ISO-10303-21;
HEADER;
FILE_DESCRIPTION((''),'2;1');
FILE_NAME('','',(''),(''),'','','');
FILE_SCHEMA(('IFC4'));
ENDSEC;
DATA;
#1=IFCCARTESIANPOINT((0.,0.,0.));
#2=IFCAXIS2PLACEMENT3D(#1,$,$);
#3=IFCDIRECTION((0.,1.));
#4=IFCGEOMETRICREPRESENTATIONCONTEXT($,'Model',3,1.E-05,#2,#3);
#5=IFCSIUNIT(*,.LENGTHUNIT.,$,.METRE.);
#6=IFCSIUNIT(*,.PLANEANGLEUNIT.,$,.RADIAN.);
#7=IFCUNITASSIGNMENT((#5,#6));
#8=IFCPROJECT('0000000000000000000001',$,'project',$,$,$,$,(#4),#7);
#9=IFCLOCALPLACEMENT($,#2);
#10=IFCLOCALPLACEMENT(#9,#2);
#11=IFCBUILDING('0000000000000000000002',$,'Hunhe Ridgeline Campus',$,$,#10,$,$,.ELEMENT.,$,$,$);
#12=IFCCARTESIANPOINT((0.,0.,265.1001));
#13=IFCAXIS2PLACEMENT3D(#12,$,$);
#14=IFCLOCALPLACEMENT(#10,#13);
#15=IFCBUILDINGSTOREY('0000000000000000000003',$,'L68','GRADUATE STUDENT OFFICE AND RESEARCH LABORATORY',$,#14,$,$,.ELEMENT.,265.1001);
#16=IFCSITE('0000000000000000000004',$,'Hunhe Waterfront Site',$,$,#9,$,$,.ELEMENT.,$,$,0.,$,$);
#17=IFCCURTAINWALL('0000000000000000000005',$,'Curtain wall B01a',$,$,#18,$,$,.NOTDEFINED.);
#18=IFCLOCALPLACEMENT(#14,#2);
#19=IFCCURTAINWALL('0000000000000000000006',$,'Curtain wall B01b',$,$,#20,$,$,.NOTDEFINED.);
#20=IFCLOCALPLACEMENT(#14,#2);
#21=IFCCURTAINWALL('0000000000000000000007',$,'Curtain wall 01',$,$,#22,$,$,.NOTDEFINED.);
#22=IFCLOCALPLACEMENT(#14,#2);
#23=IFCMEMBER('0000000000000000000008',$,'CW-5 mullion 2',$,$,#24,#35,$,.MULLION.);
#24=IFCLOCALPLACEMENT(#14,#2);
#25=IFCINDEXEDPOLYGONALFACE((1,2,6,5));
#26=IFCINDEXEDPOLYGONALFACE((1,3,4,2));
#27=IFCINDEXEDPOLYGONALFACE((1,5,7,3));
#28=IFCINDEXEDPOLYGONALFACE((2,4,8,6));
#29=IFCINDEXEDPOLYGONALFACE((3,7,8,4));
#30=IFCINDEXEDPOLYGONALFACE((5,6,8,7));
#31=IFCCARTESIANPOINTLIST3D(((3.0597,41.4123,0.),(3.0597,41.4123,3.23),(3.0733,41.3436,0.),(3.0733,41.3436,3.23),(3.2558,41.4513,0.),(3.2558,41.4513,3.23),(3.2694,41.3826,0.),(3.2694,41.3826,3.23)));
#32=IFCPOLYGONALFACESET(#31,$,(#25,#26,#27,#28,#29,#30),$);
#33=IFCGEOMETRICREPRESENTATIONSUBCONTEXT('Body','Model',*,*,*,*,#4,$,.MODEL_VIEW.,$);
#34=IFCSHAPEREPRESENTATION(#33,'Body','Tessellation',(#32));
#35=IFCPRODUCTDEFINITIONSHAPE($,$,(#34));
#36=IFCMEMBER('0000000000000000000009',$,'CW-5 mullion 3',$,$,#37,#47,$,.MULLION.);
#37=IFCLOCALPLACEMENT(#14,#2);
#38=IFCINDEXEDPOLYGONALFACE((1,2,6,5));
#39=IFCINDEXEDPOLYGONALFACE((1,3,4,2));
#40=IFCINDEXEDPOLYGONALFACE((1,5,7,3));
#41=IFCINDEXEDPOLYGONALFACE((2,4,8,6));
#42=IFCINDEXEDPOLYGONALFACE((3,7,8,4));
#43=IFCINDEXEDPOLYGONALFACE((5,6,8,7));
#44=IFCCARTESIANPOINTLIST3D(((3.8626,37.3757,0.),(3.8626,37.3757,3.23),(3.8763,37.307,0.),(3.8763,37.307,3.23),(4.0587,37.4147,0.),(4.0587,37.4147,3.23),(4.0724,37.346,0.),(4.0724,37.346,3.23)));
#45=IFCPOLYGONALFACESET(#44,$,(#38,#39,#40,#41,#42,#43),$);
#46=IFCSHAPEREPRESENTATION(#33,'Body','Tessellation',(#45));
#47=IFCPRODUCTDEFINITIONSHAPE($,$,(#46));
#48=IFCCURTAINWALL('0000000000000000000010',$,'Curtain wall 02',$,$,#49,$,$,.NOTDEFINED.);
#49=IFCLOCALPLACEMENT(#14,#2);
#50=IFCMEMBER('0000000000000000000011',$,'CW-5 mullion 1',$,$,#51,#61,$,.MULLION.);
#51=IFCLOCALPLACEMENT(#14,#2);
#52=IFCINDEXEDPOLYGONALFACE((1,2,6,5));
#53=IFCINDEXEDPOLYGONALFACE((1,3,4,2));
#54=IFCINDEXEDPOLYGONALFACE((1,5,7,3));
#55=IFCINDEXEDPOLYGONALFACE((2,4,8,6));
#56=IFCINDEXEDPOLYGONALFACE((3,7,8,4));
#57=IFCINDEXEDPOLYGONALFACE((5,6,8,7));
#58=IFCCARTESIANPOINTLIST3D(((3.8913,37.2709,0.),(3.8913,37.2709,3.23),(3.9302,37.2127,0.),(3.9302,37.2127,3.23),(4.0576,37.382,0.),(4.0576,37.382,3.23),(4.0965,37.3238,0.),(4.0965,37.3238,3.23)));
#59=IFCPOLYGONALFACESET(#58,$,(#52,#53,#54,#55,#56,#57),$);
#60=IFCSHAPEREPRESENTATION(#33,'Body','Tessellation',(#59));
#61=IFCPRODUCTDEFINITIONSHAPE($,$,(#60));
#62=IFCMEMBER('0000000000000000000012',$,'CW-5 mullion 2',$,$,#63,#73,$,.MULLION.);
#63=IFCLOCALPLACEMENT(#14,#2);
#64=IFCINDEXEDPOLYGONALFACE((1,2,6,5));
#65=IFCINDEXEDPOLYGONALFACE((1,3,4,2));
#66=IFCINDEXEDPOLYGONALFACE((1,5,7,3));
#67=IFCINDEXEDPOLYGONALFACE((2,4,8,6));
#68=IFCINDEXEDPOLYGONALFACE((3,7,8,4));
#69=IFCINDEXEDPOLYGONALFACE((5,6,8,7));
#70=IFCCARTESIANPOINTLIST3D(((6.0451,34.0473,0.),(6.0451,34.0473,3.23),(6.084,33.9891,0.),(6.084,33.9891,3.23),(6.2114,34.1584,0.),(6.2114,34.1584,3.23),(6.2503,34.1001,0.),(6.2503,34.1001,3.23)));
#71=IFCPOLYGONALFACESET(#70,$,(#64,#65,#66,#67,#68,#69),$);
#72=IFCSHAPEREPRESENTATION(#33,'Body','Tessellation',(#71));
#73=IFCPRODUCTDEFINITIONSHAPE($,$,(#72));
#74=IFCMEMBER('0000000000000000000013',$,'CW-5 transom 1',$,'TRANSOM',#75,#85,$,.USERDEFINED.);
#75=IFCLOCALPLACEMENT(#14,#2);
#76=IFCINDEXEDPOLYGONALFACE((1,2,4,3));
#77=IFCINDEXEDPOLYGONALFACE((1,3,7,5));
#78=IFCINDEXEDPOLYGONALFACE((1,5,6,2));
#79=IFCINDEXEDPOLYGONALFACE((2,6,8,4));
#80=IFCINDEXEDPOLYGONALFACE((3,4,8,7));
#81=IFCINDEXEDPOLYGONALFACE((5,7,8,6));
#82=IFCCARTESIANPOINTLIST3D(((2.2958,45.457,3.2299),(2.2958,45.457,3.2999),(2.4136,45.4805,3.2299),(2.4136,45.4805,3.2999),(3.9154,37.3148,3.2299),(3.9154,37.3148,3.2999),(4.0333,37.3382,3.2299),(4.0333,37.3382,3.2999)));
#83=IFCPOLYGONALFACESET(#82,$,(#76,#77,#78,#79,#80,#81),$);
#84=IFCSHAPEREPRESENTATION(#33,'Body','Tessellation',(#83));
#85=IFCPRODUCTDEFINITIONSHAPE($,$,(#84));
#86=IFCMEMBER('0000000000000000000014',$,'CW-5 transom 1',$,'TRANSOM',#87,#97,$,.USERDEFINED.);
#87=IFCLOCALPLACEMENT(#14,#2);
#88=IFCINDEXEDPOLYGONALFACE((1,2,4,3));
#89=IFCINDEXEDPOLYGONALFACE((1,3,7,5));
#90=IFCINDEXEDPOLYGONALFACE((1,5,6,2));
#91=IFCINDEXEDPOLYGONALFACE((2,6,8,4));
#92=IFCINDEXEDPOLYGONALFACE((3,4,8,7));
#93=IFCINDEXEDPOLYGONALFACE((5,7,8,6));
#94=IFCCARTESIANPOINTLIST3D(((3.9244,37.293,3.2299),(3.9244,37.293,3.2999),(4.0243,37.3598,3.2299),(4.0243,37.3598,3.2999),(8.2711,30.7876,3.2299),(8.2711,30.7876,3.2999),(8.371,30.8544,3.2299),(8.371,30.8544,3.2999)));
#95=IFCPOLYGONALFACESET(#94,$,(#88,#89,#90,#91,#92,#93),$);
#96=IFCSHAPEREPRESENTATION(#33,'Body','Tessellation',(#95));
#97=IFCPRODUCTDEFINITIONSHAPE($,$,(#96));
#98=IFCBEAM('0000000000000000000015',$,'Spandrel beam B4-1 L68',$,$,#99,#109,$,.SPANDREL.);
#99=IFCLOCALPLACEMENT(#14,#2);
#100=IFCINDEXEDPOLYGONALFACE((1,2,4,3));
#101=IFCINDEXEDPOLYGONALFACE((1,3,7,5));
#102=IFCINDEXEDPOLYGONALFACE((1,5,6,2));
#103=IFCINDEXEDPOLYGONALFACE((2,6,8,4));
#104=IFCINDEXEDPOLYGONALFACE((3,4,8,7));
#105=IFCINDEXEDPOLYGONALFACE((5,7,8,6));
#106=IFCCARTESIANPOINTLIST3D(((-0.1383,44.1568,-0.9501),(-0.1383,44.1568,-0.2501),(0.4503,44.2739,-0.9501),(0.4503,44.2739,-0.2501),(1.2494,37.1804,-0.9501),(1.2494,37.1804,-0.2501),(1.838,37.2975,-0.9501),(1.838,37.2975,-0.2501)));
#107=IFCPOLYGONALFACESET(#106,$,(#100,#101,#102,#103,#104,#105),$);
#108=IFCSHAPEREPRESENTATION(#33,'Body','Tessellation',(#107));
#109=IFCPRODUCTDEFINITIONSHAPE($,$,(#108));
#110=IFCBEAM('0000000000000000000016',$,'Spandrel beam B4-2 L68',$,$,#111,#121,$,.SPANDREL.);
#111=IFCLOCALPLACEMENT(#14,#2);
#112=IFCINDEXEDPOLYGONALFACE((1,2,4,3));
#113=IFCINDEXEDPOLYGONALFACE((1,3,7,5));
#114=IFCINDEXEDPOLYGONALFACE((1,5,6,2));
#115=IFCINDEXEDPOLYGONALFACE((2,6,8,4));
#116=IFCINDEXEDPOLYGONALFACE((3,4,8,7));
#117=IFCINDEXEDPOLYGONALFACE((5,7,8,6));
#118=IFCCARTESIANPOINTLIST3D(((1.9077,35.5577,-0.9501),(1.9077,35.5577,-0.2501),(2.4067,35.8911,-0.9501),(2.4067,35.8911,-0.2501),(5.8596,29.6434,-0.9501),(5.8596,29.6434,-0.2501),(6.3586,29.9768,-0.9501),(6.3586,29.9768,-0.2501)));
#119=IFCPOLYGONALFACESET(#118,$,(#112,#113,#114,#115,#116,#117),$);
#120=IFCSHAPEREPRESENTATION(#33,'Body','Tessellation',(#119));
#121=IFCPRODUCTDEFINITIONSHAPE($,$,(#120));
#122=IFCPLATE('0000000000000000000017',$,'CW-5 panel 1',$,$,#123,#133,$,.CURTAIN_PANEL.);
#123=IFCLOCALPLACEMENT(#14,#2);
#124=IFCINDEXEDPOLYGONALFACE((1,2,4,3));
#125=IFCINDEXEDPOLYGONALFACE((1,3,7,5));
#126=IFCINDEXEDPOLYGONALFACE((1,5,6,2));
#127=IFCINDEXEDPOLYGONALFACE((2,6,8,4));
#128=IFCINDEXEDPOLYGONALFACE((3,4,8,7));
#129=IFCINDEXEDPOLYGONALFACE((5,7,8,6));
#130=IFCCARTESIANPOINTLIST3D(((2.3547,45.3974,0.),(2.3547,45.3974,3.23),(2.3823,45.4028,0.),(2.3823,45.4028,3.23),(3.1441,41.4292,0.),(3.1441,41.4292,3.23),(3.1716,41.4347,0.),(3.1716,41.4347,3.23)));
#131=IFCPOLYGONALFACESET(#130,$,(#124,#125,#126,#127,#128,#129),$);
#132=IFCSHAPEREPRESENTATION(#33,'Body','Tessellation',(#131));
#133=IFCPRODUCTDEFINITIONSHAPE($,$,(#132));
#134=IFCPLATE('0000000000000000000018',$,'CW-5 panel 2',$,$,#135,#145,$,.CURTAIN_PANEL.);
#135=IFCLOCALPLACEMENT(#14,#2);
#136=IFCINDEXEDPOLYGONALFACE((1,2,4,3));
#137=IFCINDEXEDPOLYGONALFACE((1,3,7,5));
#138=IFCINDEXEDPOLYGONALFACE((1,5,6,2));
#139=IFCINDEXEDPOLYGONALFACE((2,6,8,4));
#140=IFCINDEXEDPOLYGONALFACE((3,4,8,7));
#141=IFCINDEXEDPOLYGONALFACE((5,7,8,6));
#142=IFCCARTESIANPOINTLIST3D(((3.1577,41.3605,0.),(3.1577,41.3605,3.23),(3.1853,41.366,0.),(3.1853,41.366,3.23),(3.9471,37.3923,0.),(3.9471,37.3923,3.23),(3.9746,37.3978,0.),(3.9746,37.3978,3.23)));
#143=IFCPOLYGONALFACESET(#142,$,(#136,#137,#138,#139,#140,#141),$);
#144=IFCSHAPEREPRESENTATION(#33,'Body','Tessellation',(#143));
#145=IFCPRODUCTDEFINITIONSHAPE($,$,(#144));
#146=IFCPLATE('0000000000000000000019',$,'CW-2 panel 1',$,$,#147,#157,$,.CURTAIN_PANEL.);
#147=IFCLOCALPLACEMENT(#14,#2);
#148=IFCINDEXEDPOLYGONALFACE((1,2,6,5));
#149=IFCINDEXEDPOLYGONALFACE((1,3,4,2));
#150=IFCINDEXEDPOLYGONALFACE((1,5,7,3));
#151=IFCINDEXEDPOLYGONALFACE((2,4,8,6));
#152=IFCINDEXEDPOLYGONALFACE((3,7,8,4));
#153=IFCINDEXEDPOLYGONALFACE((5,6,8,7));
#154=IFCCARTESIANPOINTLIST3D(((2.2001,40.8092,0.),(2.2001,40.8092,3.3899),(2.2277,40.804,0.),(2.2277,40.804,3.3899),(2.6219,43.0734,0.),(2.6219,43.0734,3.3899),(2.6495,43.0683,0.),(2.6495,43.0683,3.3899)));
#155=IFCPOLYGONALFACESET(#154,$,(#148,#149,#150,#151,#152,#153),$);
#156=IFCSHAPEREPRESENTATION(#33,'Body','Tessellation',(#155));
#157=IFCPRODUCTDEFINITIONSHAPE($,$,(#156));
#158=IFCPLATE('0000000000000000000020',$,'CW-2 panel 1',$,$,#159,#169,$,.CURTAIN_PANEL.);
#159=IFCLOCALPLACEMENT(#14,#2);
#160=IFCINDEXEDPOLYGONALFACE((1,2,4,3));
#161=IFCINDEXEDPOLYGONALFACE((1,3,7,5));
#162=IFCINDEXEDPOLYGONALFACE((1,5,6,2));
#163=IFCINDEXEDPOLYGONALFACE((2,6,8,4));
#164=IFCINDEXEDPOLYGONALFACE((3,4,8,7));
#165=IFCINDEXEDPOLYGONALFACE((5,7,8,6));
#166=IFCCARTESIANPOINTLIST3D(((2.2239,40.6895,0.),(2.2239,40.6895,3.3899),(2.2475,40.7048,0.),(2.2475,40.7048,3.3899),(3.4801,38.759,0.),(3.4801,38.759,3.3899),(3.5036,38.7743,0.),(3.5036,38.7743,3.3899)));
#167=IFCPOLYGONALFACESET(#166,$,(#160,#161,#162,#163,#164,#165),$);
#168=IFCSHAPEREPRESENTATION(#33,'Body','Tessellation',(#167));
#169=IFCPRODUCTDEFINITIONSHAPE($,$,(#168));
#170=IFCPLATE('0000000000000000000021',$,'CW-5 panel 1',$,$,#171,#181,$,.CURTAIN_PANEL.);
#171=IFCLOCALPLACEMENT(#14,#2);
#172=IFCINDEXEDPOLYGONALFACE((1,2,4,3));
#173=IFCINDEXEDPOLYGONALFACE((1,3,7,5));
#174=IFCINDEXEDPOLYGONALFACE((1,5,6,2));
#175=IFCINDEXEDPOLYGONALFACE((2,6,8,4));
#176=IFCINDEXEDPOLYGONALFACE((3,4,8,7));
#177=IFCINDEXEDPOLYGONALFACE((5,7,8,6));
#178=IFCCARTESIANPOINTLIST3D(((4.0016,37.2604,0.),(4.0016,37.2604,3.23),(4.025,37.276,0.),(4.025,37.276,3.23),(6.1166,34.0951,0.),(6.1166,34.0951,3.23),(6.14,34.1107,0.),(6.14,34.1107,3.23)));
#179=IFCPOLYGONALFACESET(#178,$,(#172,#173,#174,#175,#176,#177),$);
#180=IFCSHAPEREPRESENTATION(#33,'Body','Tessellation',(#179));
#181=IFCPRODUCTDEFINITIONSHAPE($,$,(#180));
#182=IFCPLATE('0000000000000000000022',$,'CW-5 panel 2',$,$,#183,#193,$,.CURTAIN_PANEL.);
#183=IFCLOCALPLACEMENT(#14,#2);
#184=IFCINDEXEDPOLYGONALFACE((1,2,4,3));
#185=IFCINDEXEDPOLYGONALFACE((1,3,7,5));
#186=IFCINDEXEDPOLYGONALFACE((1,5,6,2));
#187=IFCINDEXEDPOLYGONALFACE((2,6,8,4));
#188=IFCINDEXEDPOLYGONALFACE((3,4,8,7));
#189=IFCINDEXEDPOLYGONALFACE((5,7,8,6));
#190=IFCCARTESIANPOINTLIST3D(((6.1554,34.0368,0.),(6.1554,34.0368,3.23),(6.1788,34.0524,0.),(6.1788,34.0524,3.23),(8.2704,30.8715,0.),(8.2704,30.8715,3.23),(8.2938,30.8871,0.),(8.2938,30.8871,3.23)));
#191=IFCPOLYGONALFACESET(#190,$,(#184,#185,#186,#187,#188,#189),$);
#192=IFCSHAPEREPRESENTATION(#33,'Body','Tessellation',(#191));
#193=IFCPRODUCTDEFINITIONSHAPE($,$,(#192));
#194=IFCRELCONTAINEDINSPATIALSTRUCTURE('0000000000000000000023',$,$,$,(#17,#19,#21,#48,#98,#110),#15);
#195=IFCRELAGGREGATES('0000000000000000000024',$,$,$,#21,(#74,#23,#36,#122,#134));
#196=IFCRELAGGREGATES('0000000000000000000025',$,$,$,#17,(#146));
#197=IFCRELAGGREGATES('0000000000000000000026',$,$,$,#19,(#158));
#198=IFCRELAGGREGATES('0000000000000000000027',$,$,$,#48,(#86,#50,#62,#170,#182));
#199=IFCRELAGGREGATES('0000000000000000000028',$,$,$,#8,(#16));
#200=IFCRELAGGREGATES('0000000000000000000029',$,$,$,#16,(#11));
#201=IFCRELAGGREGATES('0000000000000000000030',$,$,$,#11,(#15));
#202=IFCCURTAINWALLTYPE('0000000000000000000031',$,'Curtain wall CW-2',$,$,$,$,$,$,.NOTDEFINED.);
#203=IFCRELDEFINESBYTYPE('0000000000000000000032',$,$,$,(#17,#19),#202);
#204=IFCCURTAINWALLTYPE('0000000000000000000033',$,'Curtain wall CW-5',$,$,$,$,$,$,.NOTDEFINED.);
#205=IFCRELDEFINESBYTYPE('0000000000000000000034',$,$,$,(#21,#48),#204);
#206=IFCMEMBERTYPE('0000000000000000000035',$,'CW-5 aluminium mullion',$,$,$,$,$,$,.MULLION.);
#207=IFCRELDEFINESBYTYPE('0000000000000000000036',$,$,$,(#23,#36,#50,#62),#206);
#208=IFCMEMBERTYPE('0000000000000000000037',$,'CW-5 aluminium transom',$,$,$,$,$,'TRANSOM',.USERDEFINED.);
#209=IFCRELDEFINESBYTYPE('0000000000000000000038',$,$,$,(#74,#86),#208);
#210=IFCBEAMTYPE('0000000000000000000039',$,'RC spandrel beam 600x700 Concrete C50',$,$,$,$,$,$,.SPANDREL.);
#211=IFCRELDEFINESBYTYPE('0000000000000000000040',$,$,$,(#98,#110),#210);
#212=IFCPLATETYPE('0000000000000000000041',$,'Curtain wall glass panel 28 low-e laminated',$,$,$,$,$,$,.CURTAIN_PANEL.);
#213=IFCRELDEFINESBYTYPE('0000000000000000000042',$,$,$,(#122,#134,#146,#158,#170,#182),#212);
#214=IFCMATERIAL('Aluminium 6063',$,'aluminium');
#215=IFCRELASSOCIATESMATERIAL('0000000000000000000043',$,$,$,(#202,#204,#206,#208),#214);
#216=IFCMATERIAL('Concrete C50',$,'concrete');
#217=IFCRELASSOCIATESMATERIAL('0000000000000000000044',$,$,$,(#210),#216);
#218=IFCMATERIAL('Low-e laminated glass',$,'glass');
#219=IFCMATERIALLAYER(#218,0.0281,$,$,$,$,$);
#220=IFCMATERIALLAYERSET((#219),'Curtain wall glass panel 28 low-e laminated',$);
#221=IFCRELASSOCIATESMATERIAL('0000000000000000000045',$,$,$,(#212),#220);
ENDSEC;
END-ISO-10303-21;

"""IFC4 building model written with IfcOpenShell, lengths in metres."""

from ifc_helpers import new_model, si_unit, direction, frame, origin, origin_2d, place, context, subcontext, project, spatial, rectangle, extrude, material, layer, layer_set, material_profile, profile_set, type_object, element, aggregate, save


model = new_model("IFC4")

# Units and contexts
model_context = context("Model", 3, precision=1e-05, world=origin(), true_north=direction((0.0, 1.0)))
body_context = subcontext(model_context, "Body", "Model", "MODEL_VIEW")
ifc_project = project(units=[si_unit("LENGTHUNIT", "METRE"), si_unit("PLANEANGLEUNIT", "RADIAN")], contexts=[model_context])

# Site, building, storey
site_placement = place(None, origin())
site = spatial("IfcSite", under=ifc_project, at=site_placement, Name="Hunhe Waterfront Site", CompositionType="ELEMENT", RefElevation=0.0)
building_placement = place(site_placement, origin())
building = spatial("IfcBuilding", under=site, at=building_placement, Name="Hunhe Ridgeline Campus", CompositionType="ELEMENT")
storey_placement = place(building_placement, frame((0.0, 0.0, 265.1001)))
storey = spatial("IfcBuildingStorey", under=building, at=storey_placement, Name="L68", Description="GRADUATE STUDENT OFFICE AND RESEARCH LABORATORY", CompositionType="ELEMENT", Elevation=265.1001)

# Curtain walls
ifc_material_1 = material(Name="Aluminium 6063", Category="aluminium")
curtain_wall_type_1 = type_object("IfcCurtainWallType", Name="Curtain wall CW-2", PredefinedType="NOTDEFINED", material=ifc_material_1)
curtain_wall_1_placement = place(storey_placement, origin())
curtain_wall_1 = element("IfcCurtainWall", 1, at=curtain_wall_1_placement, inside=storey, type_object=curtain_wall_type_1, Name="Curtain wall B01a", PredefinedType="NOTDEFINED")
curtain_wall_2_placement = place(storey_placement, origin())
curtain_wall_2 = element("IfcCurtainWall", 2, at=curtain_wall_2_placement, inside=storey, type_object=curtain_wall_type_1, Name="Curtain wall B01b", PredefinedType="NOTDEFINED")

# Curtain walls, members
curtain_wall_type_2 = type_object("IfcCurtainWallType", Name="Curtain wall CW-5", PredefinedType="NOTDEFINED", material=ifc_material_1)
curtain_wall_3_placement = place(storey_placement, origin())
curtain_wall_3 = element("IfcCurtainWall", 3, at=curtain_wall_3_placement, inside=storey, type_object=curtain_wall_type_2, Name="Curtain wall 01", PredefinedType="NOTDEFINED")
ifc_material_profile_1 = material_profile(ifc_material_1, rectangle(XDim=0.2, YDim=0.0701, at=origin_2d()))
ifc_profile_set_1 = profile_set([ifc_material_profile_1], Name="Aluminium 6063")
member_type_1 = type_object("IfcMemberType", Name="CW-5 aluminium mullion", PredefinedType="MULLION", material=ifc_profile_set_1)
member_1_placement = place(storey_placement, frame((3.1646, 41.3975, 0.0), z_axis=(0.0, 0.0, 1.0), x_axis=(0.980784, 0.195095, 0.0)))
member_1 = element("IfcMember", 4, at=member_1_placement, type_object=member_type_1, Name="CW-5 mullion 2", PredefinedType="MULLION", context=body_context, shape_type="SweptSolid", body=[
    extrude(rectangle(XDim=0.2, YDim=0.0701, at=origin_2d()), origin(), (0.0, 0.0, 1.0), 3.23),
])
member_2_placement = place(storey_placement, frame((3.9675, 37.3608, 0.0), z_axis=(0.0, 0.0, 1.0), x_axis=(0.980784, 0.195095, 0.0)))
member_2 = element("IfcMember", 5, at=member_2_placement, type_object=member_type_1, Name="CW-5 mullion 3", PredefinedType="MULLION", context=body_context, shape_type="SweptSolid", body=[
    extrude(rectangle(XDim=0.2, YDim=0.0701, at=origin_2d()), origin(), (0.0, 0.0, 1.0), 3.23),
])
curtain_wall_4_placement = place(storey_placement, origin())
curtain_wall_4 = element("IfcCurtainWall", 6, at=curtain_wall_4_placement, inside=storey, type_object=curtain_wall_type_2, Name="Curtain wall 02", PredefinedType="NOTDEFINED")
member_3_placement = place(storey_placement, frame((3.9939, 37.2974, 0.0), z_axis=(0.0, 0.0, 1.0), x_axis=(0.83147, 0.55557, 0.0)))
member_3 = element("IfcMember", 7, at=member_3_placement, type_object=member_type_1, Name="CW-5 mullion 1", PredefinedType="MULLION", context=body_context, shape_type="SweptSolid", body=[
    extrude(rectangle(XDim=0.2, YDim=0.0701, at=origin_2d()), origin(), (0.0, 0.0, 1.0), 3.23),
])
member_4_placement = place(storey_placement, frame((6.1477, 34.0737, 0.0), z_axis=(0.0, 0.0, 1.0), x_axis=(0.83147, 0.55557, 0.0)))
member_4 = element("IfcMember", 8, at=member_4_placement, type_object=member_type_1, Name="CW-5 mullion 2", PredefinedType="MULLION", context=body_context, shape_type="SweptSolid", body=[
    extrude(rectangle(XDim=0.2, YDim=0.0701, at=origin_2d()), origin(), (0.0, 0.0, 1.0), 3.23),
])

# Members
ifc_material_profile_2 = material_profile(ifc_material_1, rectangle(XDim=0.1201, YDim=0.0701, at=origin_2d()))
ifc_profile_set_2 = profile_set([ifc_material_profile_2], Name="Aluminium 6063")
member_type_2 = type_object("IfcMemberType", Name="CW-5 aluminium transom", ElementType="TRANSOM", PredefinedType="USERDEFINED", material=ifc_profile_set_2)
member_5_placement = place(storey_placement, frame((2.3547, 45.4688, 3.2649), z_axis=(0.195092, -0.980785, 0.0), x_axis=(0.980785, 0.195092, 0.0)))
member_5 = element("IfcMember", 9, at=member_5_placement, type_object=member_type_2, Name="CW-5 transom 1", ObjectType="TRANSOM", PredefinedType="USERDEFINED", context=body_context, shape_type="SweptSolid", body=[
    extrude(rectangle(XDim=0.1201, YDim=0.0701, at=origin_2d()), origin(), (0.0, 0.0, 1.0), 8.3018),
])
member_6_placement = place(storey_placement, frame((3.9744, 37.3264, 3.2649), z_axis=(0.555564, -0.831474, 0.0), x_axis=(0.831474, 0.555564, 0.0)))
member_6 = element("IfcMember", 10, at=member_6_placement, type_object=member_type_2, Name="CW-5 transom 1", ObjectType="TRANSOM", PredefinedType="USERDEFINED", context=body_context, shape_type="SweptSolid", body=[
    extrude(rectangle(XDim=0.1201, YDim=0.0701, at=origin_2d()), origin(), (0.0, 0.0, 1.0), 7.824),
])

# Beams
ifc_material_2 = material(Name="Concrete C50", Category="concrete")
ifc_material_profile_3 = material_profile(ifc_material_2, rectangle(XDim=0.6001, YDim=0.7, at=origin_2d()))
ifc_profile_set_3 = profile_set([ifc_material_profile_3], Name="Concrete C50")
beam_type = type_object("IfcBeamType", Name="RC spandrel beam 600x700 Concrete C50", PredefinedType="SPANDREL", material=ifc_profile_set_3)
for number, where, z_axis, x_axis, name in (
    (11, (0.156, 44.2153, -0.6001), (0.195093, -0.980785, 0.0), (0.980785, 0.195093, 0.0), "Spandrel beam B4-1 L68"),
    (12, (2.1572, 35.7244, -0.6001), (0.555579, -0.831464, 0.0), (0.831464, 0.555579, 0.0), "Spandrel beam B4-2 L68"),
):
    element("IfcBeam", number, at=place(storey_placement, frame(where, z_axis=z_axis, x_axis=x_axis)), inside=storey, type_object=beam_type, Name=name, PredefinedType="SPANDREL", context=body_context, shape_type="SweptSolid", body=[
        extrude(rectangle(XDim=0.6001, YDim=0.7, at=origin_2d()), origin(), (0.0, 0.0, 1.0), 7.113),
    ])

# Plates
ifc_material_3 = material(Name="Low-e laminated glass", Category="glass")
ifc_layer_1 = layer(ifc_material_3, 0.0281)
ifc_layer_set_1 = layer_set([ifc_layer_1], Name="Curtain wall glass panel 28 low-e laminated")
plate_type = type_object("IfcPlateType", Name="Curtain wall glass panel 28 low-e laminated", PredefinedType="CURTAIN_PANEL", material=ifc_layer_set_1)
plate_1_placement = place(storey_placement, frame((2.7632, 43.416, 0.0), z_axis=(0.0, 0.0, 1.0), x_axis=(0.195095, -0.980784, 0.0)))
plate_1 = element("IfcPlate", 13, at=plate_1_placement, type_object=plate_type, Name="CW-5 panel 1", PredefinedType="CURTAIN_PANEL", context=body_context, shape_type="SweptSolid", body=[
    extrude(rectangle(XDim=4.0459, YDim=0.0281, at=origin_2d()), origin(), (0.0, 0.0, 1.0), 3.23),
])
plate_2_placement = place(storey_placement, frame((3.5662, 39.3792, 0.0), z_axis=(0.0, 0.0, 1.0), x_axis=(0.195095, -0.980784, 0.0)))
plate_2 = element("IfcPlate", 14, at=plate_2_placement, type_object=plate_type, Name="CW-5 panel 2", PredefinedType="CURTAIN_PANEL", context=body_context, shape_type="SweptSolid", body=[
    extrude(rectangle(XDim=4.0459, YDim=0.0281, at=origin_2d()), origin(), (0.0, 0.0, 1.0), 3.23),
])
aggregate(curtain_wall_3, [member_5, member_1, member_2, plate_1, plate_2])
plate_3_placement = place(storey_placement, frame((2.4248, 41.9387, 0.0), z_axis=(0.0, 0.0, 1.0), x_axis=(-0.183113, -0.983092, 0.0)))
plate_3 = element("IfcPlate", 15, at=plate_3_placement, type_object=plate_type, Name="CW-2 panel 1", PredefinedType="CURTAIN_PANEL", context=body_context, shape_type="SweptSolid", body=[
    extrude(rectangle(XDim=2.3032, YDim=0.0281, at=origin_2d()), origin(), (0.0, 0.0, 1.0), 3.3899),
])
aggregate(curtain_wall_1, [plate_3])
plate_4_placement = place(storey_placement, frame((2.8638, 39.7319, 0.0), z_axis=(0.0, 0.0, 1.0), x_axis=(0.545395, -0.838179, 0.0)))
plate_4 = element("IfcPlate", 16, at=plate_4_placement, type_object=plate_type, Name="CW-2 panel 1", PredefinedType="CURTAIN_PANEL", context=body_context, shape_type="SweptSolid", body=[
    extrude(rectangle(XDim=2.3032, YDim=0.0281, at=origin_2d()), origin(), (0.0, 0.0, 1.0), 3.3899),
])
aggregate(curtain_wall_2, [plate_4])
plate_5_placement = place(storey_placement, frame((5.0708, 35.6855, 0.0), z_axis=(0.0, 0.0, 1.0), x_axis=(0.55557, -0.83147, 0.0)))
plate_5 = element("IfcPlate", 17, at=plate_5_placement, type_object=plate_type, Name="CW-5 panel 1", PredefinedType="CURTAIN_PANEL", context=body_context, shape_type="SweptSolid", body=[
    extrude(rectangle(XDim=3.8069, YDim=0.0281, at=origin_2d()), origin(), (0.0, 0.0, 1.0), 3.23),
])
plate_6_placement = place(storey_placement, frame((7.2246, 32.4619, 0.0), z_axis=(0.0, 0.0, 1.0), x_axis=(0.55557, -0.83147, 0.0)))
plate_6 = element("IfcPlate", 18, at=plate_6_placement, type_object=plate_type, Name="CW-5 panel 2", PredefinedType="CURTAIN_PANEL", context=body_context, shape_type="SweptSolid", body=[
    extrude(rectangle(XDim=3.8069, YDim=0.0281, at=origin_2d()), origin(), (0.0, 0.0, 1.0), 3.23),
])
aggregate(curtain_wall_4, [member_6, member_3, member_4, plate_5, plate_6])

save(model, "model.ifc")
